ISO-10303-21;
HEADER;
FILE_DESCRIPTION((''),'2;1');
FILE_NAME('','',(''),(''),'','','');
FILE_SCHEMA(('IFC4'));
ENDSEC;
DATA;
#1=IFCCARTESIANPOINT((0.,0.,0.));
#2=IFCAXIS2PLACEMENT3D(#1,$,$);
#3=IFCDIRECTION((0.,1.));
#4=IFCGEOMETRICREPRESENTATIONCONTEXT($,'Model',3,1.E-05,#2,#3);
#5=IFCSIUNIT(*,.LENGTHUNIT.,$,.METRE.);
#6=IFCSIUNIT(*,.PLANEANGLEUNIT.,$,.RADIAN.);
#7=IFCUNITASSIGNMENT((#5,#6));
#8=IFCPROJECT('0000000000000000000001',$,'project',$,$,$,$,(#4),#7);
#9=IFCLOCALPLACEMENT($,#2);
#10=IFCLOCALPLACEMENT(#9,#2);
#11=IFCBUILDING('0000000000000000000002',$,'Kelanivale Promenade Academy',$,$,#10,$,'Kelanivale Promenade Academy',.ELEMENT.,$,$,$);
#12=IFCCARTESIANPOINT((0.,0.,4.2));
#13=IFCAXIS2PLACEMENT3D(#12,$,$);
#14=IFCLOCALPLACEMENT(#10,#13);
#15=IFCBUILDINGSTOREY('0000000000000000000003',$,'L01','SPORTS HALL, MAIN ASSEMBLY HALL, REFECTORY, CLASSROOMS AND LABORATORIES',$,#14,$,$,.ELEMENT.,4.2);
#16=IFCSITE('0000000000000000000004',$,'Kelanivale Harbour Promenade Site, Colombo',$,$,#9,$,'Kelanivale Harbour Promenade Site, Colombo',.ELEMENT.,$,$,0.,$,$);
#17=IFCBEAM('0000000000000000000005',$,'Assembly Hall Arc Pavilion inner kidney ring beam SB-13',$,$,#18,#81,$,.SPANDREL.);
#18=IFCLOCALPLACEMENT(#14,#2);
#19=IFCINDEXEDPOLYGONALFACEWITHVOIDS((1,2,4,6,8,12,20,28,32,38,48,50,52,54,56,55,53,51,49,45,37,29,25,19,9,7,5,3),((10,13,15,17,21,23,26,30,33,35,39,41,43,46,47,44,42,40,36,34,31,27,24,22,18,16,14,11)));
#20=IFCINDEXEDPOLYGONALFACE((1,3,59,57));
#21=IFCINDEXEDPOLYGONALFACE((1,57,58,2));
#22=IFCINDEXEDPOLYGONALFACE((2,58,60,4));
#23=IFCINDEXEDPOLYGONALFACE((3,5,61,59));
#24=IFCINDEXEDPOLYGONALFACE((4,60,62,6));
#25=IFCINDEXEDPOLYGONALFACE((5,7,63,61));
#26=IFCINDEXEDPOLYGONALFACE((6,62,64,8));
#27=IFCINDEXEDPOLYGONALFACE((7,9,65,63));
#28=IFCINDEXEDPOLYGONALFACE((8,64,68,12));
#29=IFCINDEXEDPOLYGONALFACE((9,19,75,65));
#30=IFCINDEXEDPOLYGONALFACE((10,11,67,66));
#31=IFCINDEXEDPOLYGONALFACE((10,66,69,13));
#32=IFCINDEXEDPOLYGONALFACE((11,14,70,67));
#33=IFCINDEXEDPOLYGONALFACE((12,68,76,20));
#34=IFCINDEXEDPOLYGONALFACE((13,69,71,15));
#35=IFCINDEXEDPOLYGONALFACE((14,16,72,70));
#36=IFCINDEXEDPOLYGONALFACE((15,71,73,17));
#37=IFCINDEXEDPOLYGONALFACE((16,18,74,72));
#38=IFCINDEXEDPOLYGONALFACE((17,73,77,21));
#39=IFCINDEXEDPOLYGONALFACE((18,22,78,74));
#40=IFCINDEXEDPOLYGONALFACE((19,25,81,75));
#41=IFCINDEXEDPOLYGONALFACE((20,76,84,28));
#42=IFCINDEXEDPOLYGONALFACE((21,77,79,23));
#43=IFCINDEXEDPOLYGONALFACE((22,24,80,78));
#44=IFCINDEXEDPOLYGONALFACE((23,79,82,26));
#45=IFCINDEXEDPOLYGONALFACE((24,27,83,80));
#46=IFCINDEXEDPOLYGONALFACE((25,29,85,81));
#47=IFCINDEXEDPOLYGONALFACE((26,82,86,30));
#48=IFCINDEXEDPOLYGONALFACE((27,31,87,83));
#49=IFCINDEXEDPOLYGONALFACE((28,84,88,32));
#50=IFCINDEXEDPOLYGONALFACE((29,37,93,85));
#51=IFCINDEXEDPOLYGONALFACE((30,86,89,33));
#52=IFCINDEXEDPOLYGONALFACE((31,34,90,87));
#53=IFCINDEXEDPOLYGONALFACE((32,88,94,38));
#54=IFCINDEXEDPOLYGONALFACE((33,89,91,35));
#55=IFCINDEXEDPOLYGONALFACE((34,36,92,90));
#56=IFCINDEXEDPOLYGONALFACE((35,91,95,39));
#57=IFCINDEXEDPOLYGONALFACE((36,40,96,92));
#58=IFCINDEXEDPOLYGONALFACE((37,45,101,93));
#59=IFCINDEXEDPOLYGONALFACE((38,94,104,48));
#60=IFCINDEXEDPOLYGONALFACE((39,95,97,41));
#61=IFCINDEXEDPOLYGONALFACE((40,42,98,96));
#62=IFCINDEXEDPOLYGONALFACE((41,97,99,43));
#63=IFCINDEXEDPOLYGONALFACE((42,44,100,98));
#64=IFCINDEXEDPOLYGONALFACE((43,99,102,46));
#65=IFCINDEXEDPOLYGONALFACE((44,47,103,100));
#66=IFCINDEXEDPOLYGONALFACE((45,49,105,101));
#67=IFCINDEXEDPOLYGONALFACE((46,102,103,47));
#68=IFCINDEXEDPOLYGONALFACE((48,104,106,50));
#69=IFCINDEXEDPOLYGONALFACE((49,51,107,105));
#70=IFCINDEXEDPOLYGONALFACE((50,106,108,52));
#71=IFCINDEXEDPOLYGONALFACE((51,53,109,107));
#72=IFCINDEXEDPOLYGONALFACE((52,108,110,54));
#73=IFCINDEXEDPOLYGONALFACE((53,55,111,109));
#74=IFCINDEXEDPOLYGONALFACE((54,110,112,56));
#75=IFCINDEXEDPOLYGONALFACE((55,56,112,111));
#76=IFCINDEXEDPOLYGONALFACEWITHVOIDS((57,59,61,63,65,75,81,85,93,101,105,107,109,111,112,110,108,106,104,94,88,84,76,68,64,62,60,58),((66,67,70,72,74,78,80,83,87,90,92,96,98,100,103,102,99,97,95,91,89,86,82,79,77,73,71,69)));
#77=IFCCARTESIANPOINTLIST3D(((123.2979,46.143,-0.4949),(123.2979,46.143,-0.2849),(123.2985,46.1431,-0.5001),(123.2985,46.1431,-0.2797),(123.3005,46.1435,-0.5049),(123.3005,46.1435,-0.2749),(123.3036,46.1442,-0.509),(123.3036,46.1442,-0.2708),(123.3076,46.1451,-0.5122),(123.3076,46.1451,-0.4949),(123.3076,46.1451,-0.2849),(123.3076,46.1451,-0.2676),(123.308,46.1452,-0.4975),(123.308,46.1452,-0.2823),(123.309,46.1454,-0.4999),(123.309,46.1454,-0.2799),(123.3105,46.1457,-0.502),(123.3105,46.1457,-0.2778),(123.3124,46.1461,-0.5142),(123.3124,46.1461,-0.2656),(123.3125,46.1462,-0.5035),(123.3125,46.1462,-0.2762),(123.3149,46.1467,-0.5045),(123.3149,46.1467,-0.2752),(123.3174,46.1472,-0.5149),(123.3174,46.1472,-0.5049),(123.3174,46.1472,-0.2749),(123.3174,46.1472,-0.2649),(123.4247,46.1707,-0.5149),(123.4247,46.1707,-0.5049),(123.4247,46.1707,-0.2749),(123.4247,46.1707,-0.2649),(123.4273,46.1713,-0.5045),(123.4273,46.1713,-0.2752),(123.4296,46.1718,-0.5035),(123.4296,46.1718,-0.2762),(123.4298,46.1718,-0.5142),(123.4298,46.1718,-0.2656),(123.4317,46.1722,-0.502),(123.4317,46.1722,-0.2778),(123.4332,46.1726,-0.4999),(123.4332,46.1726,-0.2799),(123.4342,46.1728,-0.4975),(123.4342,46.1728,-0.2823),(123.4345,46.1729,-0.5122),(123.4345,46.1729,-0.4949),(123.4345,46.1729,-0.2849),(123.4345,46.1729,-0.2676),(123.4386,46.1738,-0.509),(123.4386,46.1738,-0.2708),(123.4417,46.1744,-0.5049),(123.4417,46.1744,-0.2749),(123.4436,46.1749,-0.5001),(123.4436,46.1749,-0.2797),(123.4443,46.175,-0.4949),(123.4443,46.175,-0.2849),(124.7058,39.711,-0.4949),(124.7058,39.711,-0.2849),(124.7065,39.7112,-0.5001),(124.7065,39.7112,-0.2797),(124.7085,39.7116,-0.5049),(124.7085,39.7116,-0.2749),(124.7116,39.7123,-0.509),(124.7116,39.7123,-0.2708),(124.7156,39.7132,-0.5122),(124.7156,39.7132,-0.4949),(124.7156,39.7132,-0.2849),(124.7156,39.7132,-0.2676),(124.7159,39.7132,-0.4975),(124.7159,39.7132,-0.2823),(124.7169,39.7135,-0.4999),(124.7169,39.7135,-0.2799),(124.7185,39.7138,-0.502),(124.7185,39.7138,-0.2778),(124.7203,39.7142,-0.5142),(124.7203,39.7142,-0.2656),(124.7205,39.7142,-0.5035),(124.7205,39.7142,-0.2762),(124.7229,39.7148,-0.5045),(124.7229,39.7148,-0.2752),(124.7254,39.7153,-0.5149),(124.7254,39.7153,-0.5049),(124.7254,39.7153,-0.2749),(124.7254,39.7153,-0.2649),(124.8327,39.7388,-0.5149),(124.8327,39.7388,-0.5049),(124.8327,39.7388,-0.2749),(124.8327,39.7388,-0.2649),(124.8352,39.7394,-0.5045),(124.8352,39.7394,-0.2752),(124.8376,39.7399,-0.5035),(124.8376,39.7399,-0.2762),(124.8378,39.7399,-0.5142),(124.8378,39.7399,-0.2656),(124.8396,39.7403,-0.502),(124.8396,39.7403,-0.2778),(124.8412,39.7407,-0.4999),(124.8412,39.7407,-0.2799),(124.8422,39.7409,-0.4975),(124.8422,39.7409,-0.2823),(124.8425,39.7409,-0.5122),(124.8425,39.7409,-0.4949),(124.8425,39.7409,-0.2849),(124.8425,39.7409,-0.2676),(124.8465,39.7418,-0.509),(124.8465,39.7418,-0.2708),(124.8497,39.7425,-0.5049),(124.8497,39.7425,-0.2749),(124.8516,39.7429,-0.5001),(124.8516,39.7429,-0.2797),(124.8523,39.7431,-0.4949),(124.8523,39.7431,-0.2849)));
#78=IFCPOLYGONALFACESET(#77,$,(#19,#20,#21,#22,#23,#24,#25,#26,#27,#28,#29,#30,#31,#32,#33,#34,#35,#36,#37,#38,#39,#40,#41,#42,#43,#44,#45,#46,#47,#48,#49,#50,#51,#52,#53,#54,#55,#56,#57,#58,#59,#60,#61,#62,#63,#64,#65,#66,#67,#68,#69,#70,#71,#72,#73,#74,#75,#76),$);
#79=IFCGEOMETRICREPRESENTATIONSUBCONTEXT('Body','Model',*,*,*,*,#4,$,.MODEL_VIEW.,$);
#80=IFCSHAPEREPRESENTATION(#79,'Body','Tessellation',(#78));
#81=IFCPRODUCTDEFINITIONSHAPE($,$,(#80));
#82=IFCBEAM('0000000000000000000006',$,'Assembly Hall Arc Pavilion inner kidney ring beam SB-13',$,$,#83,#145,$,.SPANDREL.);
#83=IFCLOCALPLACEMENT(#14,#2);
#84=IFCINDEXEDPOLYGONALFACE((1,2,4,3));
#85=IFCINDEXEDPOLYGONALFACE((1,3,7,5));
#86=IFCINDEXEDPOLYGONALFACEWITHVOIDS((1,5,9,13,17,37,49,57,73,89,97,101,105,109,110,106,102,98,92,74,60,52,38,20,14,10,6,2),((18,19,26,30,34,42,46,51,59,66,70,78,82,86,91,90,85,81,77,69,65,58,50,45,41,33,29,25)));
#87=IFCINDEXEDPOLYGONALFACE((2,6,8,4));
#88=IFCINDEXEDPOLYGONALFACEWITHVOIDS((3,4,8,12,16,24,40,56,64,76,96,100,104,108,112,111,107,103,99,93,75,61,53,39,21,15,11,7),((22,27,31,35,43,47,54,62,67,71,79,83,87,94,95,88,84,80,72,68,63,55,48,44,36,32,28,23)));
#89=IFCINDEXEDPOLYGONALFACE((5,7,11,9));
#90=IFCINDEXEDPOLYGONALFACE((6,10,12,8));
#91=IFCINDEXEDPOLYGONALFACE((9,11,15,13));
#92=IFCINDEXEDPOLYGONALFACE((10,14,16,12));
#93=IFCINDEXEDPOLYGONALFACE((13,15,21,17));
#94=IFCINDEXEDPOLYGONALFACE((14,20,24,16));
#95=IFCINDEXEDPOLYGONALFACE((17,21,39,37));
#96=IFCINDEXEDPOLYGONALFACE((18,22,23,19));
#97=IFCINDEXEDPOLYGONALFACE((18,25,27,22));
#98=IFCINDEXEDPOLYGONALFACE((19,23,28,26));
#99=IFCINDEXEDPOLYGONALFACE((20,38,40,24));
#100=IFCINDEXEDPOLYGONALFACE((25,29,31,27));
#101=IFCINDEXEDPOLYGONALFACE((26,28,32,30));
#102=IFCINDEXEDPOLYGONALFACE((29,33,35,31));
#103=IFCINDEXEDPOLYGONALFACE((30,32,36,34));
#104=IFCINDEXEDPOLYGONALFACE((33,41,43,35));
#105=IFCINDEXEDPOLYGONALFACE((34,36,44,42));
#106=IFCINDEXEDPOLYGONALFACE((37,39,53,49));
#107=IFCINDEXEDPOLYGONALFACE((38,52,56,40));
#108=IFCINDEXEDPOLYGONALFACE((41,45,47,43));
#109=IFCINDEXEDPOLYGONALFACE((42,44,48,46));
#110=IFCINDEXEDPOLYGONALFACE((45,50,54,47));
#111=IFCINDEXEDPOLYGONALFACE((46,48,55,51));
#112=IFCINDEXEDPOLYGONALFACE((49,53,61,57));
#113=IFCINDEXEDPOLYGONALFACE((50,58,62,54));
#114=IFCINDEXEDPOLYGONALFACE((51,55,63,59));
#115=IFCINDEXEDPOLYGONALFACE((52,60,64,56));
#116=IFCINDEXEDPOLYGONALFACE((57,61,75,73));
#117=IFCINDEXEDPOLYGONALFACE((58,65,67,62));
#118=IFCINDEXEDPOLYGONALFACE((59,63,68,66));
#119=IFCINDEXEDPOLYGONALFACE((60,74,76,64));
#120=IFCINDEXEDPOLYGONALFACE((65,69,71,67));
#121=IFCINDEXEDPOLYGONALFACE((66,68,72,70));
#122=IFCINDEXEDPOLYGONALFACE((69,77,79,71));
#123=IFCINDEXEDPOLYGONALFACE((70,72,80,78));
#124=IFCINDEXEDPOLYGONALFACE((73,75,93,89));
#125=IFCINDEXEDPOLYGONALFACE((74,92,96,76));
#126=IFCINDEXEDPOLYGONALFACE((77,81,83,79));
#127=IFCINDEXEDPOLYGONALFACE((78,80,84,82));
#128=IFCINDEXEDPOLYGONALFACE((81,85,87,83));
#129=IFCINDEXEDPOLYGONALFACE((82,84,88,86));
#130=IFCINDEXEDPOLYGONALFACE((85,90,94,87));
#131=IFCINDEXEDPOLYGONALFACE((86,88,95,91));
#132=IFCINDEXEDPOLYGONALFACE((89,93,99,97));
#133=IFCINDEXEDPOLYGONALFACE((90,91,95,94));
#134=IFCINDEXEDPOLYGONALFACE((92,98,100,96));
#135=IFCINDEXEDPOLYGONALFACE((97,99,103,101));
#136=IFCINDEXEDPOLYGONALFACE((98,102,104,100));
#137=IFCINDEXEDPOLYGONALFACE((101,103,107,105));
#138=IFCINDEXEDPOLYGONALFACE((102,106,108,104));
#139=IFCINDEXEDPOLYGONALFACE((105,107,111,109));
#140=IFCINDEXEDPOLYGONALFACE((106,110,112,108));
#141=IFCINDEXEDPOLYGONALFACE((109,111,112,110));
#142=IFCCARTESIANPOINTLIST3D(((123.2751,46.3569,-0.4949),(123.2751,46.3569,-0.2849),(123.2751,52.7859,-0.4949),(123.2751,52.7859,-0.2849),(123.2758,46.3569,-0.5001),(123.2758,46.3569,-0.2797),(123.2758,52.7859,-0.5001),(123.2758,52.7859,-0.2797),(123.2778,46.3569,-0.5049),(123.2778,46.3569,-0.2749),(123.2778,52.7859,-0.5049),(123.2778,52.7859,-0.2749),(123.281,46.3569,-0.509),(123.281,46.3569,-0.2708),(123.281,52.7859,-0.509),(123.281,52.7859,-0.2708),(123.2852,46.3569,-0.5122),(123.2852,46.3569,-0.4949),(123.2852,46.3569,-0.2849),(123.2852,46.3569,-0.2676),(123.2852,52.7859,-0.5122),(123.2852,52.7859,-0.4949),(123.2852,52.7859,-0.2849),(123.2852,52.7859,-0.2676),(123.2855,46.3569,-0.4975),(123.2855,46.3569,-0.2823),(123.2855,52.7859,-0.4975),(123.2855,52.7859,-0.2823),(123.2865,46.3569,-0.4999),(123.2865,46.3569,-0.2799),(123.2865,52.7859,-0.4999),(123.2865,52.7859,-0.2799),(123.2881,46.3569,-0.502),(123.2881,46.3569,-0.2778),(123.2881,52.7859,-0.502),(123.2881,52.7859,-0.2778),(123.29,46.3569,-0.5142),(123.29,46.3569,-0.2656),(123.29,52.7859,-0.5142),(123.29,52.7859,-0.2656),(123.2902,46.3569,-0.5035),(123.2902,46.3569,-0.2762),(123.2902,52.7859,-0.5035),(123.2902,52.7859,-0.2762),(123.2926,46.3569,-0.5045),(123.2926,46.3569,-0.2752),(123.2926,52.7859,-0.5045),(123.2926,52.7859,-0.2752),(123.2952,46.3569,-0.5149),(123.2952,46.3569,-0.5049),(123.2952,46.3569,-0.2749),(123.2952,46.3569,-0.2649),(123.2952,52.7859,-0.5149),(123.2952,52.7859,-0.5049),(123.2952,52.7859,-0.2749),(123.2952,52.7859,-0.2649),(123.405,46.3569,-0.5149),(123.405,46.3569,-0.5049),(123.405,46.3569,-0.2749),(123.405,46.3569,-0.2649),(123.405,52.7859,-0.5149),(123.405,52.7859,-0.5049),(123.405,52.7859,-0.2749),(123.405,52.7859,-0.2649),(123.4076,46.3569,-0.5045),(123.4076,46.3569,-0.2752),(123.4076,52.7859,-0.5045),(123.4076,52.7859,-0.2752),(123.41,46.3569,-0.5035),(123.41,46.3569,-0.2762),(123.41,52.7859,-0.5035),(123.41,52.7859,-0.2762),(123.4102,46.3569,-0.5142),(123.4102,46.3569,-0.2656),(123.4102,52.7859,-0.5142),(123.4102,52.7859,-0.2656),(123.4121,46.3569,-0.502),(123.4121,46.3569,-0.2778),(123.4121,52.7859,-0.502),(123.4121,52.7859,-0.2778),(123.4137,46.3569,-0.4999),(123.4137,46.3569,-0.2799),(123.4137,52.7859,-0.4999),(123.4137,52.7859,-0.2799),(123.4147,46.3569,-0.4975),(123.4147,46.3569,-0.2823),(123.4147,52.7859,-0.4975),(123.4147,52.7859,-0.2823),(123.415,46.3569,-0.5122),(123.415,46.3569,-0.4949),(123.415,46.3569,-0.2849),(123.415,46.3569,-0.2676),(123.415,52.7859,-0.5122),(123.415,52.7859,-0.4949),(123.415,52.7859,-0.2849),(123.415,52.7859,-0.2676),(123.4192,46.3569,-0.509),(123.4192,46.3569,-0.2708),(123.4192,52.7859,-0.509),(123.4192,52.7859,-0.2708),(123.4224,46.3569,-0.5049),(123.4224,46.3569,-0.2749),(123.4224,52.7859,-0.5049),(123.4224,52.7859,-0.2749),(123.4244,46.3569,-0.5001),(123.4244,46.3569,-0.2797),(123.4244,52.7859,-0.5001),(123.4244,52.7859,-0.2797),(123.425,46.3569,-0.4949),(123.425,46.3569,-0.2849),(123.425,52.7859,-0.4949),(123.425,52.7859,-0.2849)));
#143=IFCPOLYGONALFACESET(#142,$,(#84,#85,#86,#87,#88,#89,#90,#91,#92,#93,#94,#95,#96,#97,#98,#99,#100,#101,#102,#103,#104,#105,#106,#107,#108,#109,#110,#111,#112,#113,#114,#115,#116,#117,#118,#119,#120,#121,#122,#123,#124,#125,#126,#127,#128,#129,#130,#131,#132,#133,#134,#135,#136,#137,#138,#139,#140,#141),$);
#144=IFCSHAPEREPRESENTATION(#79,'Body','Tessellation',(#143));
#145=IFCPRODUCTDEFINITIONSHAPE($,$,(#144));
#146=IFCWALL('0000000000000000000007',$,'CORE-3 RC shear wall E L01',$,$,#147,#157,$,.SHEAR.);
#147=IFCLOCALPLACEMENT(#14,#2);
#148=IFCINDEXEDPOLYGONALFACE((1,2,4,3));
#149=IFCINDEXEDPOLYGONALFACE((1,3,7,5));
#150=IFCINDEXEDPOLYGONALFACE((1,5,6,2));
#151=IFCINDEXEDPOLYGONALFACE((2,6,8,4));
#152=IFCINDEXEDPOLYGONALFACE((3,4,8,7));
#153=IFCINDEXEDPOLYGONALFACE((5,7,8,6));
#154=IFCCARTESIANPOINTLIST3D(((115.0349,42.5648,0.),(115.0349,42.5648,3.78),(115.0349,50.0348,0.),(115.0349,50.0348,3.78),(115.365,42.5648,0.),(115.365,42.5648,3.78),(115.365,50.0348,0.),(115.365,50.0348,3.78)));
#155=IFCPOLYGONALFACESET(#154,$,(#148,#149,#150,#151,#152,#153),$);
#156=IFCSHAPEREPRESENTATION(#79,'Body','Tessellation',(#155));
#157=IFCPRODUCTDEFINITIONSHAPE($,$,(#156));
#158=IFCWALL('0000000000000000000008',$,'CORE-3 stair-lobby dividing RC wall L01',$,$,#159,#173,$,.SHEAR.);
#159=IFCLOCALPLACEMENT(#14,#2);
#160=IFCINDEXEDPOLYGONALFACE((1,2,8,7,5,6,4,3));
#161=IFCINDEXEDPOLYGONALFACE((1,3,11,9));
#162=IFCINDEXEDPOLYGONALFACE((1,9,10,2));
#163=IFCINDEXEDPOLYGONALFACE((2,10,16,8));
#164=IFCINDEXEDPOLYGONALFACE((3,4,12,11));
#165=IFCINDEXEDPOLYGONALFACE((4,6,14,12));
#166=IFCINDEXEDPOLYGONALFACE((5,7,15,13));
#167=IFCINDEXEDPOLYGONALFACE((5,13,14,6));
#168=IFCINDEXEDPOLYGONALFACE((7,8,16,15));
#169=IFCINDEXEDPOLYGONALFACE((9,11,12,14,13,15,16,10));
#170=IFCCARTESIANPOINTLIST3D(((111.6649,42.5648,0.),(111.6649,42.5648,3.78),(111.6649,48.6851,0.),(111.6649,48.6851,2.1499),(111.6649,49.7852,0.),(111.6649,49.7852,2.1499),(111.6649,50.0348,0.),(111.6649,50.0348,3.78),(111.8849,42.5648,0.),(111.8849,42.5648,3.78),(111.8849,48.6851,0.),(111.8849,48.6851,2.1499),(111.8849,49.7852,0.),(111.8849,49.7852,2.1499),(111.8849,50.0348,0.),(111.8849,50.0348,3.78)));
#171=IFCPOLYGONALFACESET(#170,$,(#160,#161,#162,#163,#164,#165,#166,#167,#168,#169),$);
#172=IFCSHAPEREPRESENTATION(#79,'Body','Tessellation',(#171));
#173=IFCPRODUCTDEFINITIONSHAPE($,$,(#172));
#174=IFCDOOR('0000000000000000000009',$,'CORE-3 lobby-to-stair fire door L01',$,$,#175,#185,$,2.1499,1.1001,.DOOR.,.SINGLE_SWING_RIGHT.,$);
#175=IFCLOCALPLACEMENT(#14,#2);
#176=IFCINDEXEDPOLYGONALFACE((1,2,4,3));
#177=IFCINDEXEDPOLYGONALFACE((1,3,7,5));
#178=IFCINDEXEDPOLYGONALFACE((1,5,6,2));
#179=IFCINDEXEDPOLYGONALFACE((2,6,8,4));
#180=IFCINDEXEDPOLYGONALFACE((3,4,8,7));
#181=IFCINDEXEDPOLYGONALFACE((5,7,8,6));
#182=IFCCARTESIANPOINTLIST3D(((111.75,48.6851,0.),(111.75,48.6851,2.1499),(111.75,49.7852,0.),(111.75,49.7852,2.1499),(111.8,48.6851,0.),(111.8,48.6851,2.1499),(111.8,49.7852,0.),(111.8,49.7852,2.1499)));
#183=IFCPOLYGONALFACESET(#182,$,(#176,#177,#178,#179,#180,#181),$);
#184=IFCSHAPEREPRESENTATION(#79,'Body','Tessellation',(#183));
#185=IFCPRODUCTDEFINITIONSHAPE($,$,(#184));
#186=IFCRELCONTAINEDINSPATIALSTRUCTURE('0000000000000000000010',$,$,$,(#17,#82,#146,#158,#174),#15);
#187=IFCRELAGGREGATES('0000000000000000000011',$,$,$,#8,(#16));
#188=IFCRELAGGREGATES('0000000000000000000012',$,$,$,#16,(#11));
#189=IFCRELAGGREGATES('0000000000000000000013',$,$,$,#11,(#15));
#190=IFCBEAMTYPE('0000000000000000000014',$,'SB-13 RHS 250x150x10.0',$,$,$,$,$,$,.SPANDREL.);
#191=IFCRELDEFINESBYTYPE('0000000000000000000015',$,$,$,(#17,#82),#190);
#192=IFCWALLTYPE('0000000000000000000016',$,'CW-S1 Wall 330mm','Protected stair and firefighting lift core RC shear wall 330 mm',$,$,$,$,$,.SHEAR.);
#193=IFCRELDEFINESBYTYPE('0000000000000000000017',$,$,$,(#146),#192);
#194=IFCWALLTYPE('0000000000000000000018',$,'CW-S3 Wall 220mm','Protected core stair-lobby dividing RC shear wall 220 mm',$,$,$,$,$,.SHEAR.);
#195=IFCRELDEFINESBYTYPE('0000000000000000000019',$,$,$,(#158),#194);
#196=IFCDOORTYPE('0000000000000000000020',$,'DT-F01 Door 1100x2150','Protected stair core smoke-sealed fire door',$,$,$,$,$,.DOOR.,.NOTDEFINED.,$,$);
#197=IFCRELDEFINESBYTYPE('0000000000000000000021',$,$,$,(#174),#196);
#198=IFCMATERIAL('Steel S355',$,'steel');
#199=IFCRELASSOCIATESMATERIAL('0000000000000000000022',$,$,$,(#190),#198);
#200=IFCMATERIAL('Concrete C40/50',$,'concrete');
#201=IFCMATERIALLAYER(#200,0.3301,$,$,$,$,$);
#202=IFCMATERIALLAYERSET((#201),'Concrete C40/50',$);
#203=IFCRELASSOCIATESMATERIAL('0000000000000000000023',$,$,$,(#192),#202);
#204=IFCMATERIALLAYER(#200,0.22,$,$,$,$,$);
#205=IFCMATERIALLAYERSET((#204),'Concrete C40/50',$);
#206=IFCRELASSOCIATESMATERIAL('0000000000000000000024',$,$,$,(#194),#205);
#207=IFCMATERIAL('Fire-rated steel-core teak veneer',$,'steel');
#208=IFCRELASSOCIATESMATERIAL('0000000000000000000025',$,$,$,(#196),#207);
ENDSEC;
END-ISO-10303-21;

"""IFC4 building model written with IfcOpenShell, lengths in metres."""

from ifc_helpers import new_model, si_unit, direction, frame, frame_2d, origin, origin_2d, place, context, subcontext, project, spatial, rectangle, hollow_rectangle, extrude, material, layer, layer_set, material_profile, profile_set, type_object, element, fill, save


model = new_model("IFC4")

# Units and contexts
model_context = context("Model", 3, precision=1e-05, world=origin(), true_north=direction((0.0, 1.0)))
body_context = subcontext(model_context, "Body", "Model", "MODEL_VIEW")
ifc_project = project(units=[si_unit("LENGTHUNIT", "METRE"), si_unit("PLANEANGLEUNIT", "RADIAN")], contexts=[model_context])

# Site, building, storey
site_placement = place(None, origin())
site = spatial("IfcSite", under=ifc_project, at=site_placement, Name="Kelanivale Harbour Promenade Site, Colombo", LongName="Kelanivale Harbour Promenade Site, Colombo", CompositionType="ELEMENT", RefElevation=0.0)
building_placement = place(site_placement, origin())
building = spatial("IfcBuilding", under=site, at=building_placement, Name="Kelanivale Promenade Academy", LongName="Kelanivale Promenade Academy", CompositionType="ELEMENT")
storey_placement = place(building_placement, frame((0.0, 0.0, 4.2)))
storey = spatial("IfcBuildingStorey", under=building, at=storey_placement, Name="L01", Description="SPORTS HALL, MAIN ASSEMBLY HALL, REFECTORY, CLASSROOMS AND LABORATORIES", CompositionType="ELEMENT", Elevation=4.2)

# Shared definitions
ifc_material_1 = material(Name="Concrete C40/50", Category="concrete")
ifc_material_2 = material(Name="Steel S355", Category="steel")

# Beams
ifc_material_profile_1 = material_profile(ifc_material_2, hollow_rectangle(XDim=0.1499, YDim=0.25, WallThickness=0.01, InnerFilletRadius=0.01, OuterFilletRadius=0.02, at=origin_2d()), Name="RHS 250x150x10.0")
ifc_profile_set_1 = profile_set([ifc_material_profile_1], Name="Steel S355")
beam_type_1 = type_object("IfcBeamType", Name="SB-13 RHS 250x150x10.0", PredefinedType="SPANDREL", material=ifc_profile_set_1)
beam_1_placement = place(storey_placement, frame((124.7791, 39.7271, -0.3899), z_axis=(-0.21384, 0.976869, 0.0), x_axis=(-0.976869, -0.21384, 0.0)))
element("IfcBeam", 1, at=beam_1_placement, inside=storey, type_object=beam_type_1, Name="Assembly Hall Arc Pavilion inner kidney ring beam SB-13", PredefinedType="SPANDREL", context=body_context, shape_type="SweptSolid", body=[
    extrude(hollow_rectangle(XDim=0.1499, YDim=0.25, WallThickness=0.01, InnerFilletRadius=0.01, OuterFilletRadius=0.02, at=origin_2d()), origin(), (0.0, 0.0, 1.0), 6.5842),
])
beam_2_placement = place(storey_placement, frame((123.3501, 46.3569, -0.3899), z_axis=(0.0, 1.0, 0.0), x_axis=(-1.0, 0.0, 0.0)))
element("IfcBeam", 2, at=beam_2_placement, inside=storey, type_object=beam_type_1, Name="Assembly Hall Arc Pavilion inner kidney ring beam SB-13", PredefinedType="SPANDREL", context=body_context, shape_type="SweptSolid", body=[
    extrude(hollow_rectangle(XDim=0.1499, YDim=0.25, WallThickness=0.01, InnerFilletRadius=0.01, OuterFilletRadius=0.02, at=origin_2d()), origin(), (0.0, 0.0, 1.0), 6.429),
])

# Wall
ifc_layer_1 = layer(ifc_material_1, 0.3301)
ifc_layer_set_1 = layer_set([ifc_layer_1], Name="Concrete C40/50")
wall_type_1 = type_object("IfcWallType", Name="CW-S1 Wall 330mm", Description="Protected stair and firefighting lift core RC shear wall 330 mm", PredefinedType="SHEAR", material=ifc_layer_set_1)
wall_1_placement = place(storey_placement, frame((115.2, 42.5649, 0.0), z_axis=(0.0, 0.0, 1.0), x_axis=(0.0, 1.0, 0.0)))
element("IfcWall", 3, at=wall_1_placement, inside=storey, type_object=wall_type_1, Name="CORE-3 RC shear wall E L01", PredefinedType="SHEAR", context=body_context, shape_type="SweptSolid", body=[
    extrude(rectangle(XDim=7.47, YDim=0.3301, at=frame_2d((3.7349, 0.0))), origin(), (0.0, 0.0, 1.0), 3.78),
])

# Wall, opening, door
ifc_material_3 = material(Name="Fire-rated steel-core teak veneer", Category="steel")
ifc_layer_2 = layer(ifc_material_1, 0.22)
ifc_layer_set_2 = layer_set([ifc_layer_2], Name="Concrete C40/50")
wall_type_2 = type_object("IfcWallType", Name="CW-S3 Wall 220mm", Description="Protected core stair-lobby dividing RC shear wall 220 mm", PredefinedType="SHEAR", material=ifc_layer_set_2)
wall_2_placement = place(storey_placement, frame((111.7749, 42.5649, 0.0), z_axis=(0.0, 0.0, 1.0), x_axis=(0.0, 1.0, 0.0)))
wall_2 = element("IfcWall", 4, at=wall_2_placement, inside=storey, type_object=wall_type_2, Name="CORE-3 stair-lobby dividing RC wall L01", PredefinedType="SHEAR", context=body_context, shape_type="SweptSolid", body=[
    extrude(rectangle(XDim=7.47, YDim=0.22, at=frame_2d((3.7349, 0.0))), origin(), (0.0, 0.0, 1.0), 3.78),
])
opening_1_placement = place(wall_2_placement, frame((6.1201, 0.0, 0.0)))
opening_1 = element("IfcOpeningElement", 5, at=opening_1_placement, cuts=wall_2, PredefinedType="OPENING", context=body_context, shape_type="SweptSolid", body=[
    extrude(rectangle(XDim=1.1001, YDim=2.1499, at=frame_2d((0.55, 1.075))), frame((0.0, 0.1201, 0.0), z_axis=(0.0, -1.0, 0.0), x_axis=(1.0, 0.0, 0.0)), (0.0, 0.0, 1.0), 0.24),
])
door_type_1 = type_object("IfcDoorType", Name="DT-F01 Door 1100x2150", Description="Protected stair core smoke-sealed fire door", OperationType="NOTDEFINED", PredefinedType="DOOR", material=ifc_material_3)
door_1_placement = place(opening_1_placement, origin())
door_1 = element("IfcDoor", 6, at=door_1_placement, inside=storey, type_object=door_type_1, Name="CORE-3 lobby-to-stair fire door L01", OperationType="SINGLE_SWING_RIGHT", OverallHeight=2.1499, OverallWidth=1.1001, PredefinedType="DOOR", context=body_context, shape_type="SweptSolid", body=[
    extrude(rectangle(XDim=1.1001, YDim=2.1499, at=frame_2d((0.55, 1.075))), frame((0.0, 0.0249, 0.0), z_axis=(0.0, -1.0, 0.0), x_axis=(1.0, 0.0, 0.0)), (0.0, 0.0, 1.0), 0.05),
])
fill(opening_1, door_1)

save(model, "model.ifc")
